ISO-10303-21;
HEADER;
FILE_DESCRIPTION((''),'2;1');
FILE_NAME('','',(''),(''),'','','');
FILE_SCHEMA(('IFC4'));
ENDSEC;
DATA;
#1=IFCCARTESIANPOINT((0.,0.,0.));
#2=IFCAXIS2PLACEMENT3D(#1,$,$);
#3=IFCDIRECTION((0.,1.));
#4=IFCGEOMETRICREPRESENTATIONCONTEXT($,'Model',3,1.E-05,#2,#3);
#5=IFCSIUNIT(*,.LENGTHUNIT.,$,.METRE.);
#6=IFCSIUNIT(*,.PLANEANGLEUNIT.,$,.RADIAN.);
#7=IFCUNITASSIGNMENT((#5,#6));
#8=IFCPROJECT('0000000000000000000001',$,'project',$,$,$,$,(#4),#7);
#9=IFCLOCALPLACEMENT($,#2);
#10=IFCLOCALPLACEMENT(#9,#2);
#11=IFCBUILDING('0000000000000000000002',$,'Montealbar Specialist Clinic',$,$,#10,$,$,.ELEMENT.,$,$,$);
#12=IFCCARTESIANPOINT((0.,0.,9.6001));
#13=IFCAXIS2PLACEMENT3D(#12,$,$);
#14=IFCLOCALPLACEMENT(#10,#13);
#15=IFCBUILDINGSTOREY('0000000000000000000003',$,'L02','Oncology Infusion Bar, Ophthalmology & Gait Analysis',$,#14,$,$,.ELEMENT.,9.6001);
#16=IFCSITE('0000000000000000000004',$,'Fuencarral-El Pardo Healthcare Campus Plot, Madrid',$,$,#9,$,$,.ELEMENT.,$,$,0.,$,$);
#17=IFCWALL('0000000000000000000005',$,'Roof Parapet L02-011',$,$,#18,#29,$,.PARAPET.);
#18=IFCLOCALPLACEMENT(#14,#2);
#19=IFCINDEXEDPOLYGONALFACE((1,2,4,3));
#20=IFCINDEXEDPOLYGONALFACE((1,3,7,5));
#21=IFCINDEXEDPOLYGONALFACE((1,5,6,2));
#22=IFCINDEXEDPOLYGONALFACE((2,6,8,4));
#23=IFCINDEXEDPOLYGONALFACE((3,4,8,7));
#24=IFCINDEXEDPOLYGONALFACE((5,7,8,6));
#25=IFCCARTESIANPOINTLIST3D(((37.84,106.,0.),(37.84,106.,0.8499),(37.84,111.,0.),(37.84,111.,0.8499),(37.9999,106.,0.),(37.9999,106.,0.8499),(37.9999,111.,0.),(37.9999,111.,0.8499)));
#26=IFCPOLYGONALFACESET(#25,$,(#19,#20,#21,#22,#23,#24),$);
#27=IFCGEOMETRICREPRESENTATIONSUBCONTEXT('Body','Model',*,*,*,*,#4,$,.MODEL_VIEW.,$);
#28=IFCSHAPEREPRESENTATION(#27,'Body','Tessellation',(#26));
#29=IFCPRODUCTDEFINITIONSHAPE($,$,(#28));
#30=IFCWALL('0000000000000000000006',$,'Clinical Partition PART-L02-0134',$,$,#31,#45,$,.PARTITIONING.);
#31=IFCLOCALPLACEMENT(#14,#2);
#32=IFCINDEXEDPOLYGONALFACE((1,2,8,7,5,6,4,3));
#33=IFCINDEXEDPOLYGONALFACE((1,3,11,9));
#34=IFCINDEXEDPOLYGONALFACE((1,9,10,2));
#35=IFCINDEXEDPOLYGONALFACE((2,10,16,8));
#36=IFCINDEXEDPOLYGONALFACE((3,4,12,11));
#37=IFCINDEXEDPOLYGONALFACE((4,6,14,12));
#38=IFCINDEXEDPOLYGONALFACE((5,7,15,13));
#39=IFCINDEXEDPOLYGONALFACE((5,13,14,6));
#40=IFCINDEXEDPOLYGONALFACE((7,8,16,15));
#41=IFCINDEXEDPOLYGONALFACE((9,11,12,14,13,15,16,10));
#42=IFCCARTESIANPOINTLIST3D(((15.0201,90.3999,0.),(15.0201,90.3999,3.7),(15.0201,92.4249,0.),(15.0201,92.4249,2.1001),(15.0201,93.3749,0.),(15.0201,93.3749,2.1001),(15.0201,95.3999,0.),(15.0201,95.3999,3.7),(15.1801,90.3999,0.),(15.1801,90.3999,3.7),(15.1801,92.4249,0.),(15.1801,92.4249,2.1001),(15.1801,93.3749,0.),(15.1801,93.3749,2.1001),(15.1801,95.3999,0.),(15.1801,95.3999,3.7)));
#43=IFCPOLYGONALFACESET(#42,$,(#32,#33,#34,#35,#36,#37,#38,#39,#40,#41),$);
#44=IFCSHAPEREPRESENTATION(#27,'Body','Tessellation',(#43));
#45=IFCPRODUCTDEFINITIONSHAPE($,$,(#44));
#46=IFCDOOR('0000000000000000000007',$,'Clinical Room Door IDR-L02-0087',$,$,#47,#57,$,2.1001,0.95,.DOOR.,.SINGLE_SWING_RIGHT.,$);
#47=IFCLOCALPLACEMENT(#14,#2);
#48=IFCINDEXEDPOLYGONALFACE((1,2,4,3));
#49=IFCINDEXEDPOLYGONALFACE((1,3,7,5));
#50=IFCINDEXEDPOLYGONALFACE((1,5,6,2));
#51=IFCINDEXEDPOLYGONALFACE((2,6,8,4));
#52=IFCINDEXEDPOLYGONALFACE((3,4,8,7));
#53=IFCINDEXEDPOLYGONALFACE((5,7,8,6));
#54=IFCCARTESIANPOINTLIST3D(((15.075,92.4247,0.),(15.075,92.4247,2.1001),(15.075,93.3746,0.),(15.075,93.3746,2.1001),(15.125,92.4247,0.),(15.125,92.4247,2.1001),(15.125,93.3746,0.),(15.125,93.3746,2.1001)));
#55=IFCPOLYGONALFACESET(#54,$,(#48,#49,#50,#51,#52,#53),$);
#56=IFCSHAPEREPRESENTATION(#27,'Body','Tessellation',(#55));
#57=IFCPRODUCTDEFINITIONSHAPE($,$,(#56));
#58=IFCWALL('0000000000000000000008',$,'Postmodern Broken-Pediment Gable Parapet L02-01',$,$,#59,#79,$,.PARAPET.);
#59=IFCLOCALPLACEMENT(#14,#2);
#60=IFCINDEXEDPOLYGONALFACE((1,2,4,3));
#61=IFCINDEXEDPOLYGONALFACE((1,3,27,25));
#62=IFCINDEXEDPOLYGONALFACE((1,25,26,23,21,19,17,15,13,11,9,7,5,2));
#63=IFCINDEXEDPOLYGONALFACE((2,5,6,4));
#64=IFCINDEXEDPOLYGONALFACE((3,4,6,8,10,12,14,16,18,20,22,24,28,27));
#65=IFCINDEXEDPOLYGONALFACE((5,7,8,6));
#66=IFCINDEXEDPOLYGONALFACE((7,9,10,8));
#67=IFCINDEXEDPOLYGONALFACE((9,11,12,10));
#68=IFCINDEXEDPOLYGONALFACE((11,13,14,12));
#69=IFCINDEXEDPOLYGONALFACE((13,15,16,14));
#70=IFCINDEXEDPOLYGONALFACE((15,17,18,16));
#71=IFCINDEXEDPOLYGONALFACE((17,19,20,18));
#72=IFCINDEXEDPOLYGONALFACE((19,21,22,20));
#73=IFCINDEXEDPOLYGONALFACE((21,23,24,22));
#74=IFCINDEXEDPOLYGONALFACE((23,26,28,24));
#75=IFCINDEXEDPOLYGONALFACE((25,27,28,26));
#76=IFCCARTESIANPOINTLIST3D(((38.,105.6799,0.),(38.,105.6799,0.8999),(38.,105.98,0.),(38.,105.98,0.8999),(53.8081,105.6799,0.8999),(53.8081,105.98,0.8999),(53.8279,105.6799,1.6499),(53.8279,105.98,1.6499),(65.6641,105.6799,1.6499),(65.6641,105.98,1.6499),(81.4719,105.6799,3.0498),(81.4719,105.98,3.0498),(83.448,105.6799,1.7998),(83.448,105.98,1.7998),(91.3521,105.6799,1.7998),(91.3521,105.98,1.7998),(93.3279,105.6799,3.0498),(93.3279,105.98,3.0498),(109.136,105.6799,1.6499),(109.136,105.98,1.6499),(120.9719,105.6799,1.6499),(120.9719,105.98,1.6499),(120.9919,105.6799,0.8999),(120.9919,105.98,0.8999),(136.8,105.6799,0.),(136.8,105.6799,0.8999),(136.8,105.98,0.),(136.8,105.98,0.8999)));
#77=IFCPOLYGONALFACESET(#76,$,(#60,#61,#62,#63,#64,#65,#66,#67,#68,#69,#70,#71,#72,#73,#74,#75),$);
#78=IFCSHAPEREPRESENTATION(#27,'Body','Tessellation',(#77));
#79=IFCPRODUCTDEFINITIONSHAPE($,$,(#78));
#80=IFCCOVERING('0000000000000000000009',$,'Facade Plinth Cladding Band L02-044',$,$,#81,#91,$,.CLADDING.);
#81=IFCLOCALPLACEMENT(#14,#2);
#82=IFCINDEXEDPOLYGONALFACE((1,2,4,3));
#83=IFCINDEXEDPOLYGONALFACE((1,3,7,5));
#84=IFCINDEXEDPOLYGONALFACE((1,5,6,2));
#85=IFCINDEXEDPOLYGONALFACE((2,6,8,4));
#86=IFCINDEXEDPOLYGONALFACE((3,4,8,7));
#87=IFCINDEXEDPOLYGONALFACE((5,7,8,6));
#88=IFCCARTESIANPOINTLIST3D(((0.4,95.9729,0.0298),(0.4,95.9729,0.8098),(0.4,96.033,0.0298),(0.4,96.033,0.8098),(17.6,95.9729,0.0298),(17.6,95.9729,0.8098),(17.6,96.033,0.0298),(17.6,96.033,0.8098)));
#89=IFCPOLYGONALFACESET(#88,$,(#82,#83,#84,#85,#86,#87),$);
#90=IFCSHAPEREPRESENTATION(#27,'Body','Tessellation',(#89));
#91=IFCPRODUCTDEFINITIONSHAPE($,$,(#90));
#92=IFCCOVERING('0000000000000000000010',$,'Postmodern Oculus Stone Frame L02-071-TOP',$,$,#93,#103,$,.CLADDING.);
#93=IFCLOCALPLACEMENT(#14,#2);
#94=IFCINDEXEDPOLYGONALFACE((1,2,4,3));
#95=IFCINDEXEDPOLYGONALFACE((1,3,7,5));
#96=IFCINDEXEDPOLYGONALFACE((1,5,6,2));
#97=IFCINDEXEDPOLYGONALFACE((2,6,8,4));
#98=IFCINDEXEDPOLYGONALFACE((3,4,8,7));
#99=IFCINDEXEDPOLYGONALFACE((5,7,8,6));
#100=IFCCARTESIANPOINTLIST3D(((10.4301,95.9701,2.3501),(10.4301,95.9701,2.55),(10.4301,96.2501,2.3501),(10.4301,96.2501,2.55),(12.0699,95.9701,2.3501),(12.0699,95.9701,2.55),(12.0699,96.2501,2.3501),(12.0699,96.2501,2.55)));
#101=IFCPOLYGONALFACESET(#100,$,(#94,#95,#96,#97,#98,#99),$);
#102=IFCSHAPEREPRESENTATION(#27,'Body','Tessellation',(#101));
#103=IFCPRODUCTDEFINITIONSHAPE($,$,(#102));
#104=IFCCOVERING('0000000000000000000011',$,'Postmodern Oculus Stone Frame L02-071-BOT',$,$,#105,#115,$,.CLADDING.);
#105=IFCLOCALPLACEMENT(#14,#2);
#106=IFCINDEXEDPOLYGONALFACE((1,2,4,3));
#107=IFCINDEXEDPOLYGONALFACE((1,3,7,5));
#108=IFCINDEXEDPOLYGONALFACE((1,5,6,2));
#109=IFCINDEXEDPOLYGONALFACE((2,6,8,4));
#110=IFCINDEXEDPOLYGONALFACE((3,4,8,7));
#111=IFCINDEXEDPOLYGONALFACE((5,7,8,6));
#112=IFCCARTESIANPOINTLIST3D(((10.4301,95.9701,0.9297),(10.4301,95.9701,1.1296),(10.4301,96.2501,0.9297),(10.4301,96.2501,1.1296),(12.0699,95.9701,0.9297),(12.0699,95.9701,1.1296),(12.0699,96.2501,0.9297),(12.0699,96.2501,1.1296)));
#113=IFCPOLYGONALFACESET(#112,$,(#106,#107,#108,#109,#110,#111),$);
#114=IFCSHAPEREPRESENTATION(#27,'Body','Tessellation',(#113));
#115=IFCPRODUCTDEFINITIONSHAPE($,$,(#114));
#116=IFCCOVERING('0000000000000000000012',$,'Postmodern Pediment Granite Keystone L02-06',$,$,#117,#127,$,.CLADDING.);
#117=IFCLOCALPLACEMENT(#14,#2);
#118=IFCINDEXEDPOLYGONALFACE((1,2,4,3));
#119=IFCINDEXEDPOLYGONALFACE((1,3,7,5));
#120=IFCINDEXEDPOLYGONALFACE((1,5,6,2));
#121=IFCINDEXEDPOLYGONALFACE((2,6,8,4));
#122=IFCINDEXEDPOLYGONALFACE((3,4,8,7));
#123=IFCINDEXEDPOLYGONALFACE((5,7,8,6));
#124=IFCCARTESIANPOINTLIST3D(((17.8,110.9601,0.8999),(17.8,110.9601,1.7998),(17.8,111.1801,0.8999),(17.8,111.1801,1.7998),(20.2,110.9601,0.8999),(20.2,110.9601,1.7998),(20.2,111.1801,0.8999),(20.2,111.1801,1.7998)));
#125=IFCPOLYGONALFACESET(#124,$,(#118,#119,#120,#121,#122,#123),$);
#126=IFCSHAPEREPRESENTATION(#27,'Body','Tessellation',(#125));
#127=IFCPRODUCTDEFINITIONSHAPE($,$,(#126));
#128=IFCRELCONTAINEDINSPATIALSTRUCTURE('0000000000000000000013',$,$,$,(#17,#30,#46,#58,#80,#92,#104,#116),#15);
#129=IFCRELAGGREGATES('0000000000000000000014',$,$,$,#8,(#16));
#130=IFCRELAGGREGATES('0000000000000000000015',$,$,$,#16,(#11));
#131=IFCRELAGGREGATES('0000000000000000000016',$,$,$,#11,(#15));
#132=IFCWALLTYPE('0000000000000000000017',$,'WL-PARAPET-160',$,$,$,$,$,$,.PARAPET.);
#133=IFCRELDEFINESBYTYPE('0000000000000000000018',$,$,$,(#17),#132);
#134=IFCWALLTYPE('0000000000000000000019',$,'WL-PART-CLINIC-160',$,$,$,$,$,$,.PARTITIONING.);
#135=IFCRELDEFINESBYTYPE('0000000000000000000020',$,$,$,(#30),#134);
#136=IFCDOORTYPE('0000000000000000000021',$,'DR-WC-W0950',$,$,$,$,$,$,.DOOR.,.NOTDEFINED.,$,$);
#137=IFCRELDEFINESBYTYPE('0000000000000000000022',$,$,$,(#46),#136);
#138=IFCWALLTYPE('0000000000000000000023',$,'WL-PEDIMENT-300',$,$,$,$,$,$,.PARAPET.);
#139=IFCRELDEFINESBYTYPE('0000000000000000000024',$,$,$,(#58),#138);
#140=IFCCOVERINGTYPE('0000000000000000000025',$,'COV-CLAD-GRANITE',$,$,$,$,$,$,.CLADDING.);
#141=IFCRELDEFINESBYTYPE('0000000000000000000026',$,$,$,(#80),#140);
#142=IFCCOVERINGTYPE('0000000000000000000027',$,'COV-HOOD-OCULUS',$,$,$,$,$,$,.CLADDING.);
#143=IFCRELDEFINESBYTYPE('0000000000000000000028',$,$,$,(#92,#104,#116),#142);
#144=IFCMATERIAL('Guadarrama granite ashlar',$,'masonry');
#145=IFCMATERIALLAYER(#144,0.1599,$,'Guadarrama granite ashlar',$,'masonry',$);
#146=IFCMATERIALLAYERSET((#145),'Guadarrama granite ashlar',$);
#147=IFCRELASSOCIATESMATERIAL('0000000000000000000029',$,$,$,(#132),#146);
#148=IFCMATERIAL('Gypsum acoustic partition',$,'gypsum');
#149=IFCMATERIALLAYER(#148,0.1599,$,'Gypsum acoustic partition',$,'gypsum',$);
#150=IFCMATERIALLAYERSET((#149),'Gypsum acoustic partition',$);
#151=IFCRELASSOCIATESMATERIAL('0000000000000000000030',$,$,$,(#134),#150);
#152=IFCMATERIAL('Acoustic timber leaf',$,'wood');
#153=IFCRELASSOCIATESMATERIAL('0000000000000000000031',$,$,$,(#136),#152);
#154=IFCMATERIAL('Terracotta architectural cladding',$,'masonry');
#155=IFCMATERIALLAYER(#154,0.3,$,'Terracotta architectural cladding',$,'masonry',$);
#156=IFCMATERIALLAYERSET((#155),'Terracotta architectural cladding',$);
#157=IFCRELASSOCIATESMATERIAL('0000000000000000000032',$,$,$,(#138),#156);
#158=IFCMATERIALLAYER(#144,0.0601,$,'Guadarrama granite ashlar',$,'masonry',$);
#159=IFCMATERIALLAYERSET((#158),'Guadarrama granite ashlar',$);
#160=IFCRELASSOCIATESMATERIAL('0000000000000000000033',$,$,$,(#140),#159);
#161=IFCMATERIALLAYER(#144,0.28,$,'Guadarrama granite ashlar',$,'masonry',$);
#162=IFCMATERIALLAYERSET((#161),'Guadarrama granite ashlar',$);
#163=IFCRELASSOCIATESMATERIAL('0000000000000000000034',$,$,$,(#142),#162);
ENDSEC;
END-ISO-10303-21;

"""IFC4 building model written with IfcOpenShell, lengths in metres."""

from ifc_helpers import new_model, si_unit, direction, frame, frame_2d, origin, origin_2d, place, context, subcontext, project, spatial, polyline, rectangle, outline, extrude, material, layer, layer_set, type_object, element, fill, save


model = new_model("IFC4")

# Units and contexts
model_context = context("Model", 3, precision=1e-05, world=origin(), true_north=direction((0.0, 1.0)))
body_context = subcontext(model_context, "Body", "Model", "MODEL_VIEW")
ifc_project = project(units=[si_unit("LENGTHUNIT", "METRE"), si_unit("PLANEANGLEUNIT", "RADIAN")], contexts=[model_context])

# Site, building, storey
site_placement = place(None, origin())
site = spatial("IfcSite", under=ifc_project, at=site_placement, Name="Fuencarral-El Pardo Healthcare Campus Plot, Madrid", CompositionType="ELEMENT", RefElevation=0.0)
building_placement = place(site_placement, origin())
building = spatial("IfcBuilding", under=site, at=building_placement, Name="Montealbar Specialist Clinic", CompositionType="ELEMENT")
storey_placement = place(building_placement, frame((0.0, 0.0, 9.6001)))
storey = spatial("IfcBuildingStorey", under=building, at=storey_placement, Name="L02", Description="Oncology Infusion Bar, Ophthalmology & Gait Analysis", CompositionType="ELEMENT", Elevation=9.6001)

# Wall
ifc_material_1 = material(Name="Guadarrama granite ashlar", Category="masonry")
ifc_layer_1 = layer(ifc_material_1, 0.1599, Name="Guadarrama granite ashlar", Category="masonry")
ifc_layer_set_1 = layer_set([ifc_layer_1], Name="Guadarrama granite ashlar")
wall_type_1 = type_object("IfcWallType", Name="WL-PARAPET-160", PredefinedType="PARAPET", material=ifc_layer_set_1)
wall_1_placement = place(storey_placement, frame((37.9199, 111.0, 0.0), z_axis=(0.0, 0.0, 1.0), x_axis=(0.0, -1.0, 0.0)))
element("IfcWall", 1, at=wall_1_placement, inside=storey, type_object=wall_type_1, Name="Roof Parapet L02-011", PredefinedType="PARAPET", context=body_context, shape_type="SweptSolid", body=[
    extrude(rectangle(XDim=5.0, YDim=0.1599, at=frame_2d((2.5, 0.0))), origin(), (0.0, 0.0, 1.0), 0.8499),
])

# Wall, opening, door
ifc_material_2 = material(Name="Gypsum acoustic partition", Category="gypsum")
ifc_layer_2 = layer(ifc_material_2, 0.1599, Name="Gypsum acoustic partition", Category="gypsum")
ifc_layer_set_2 = layer_set([ifc_layer_2], Name="Gypsum acoustic partition")
wall_type_2 = type_object("IfcWallType", Name="WL-PART-CLINIC-160", PredefinedType="PARTITIONING", material=ifc_layer_set_2)
wall_2_placement = place(storey_placement, frame((15.1001, 90.3999, 0.0), z_axis=(0.0, 0.0, 1.0), x_axis=(0.0, 1.0, 0.0)))
wall_2 = element("IfcWall", 2, at=wall_2_placement, inside=storey, type_object=wall_type_2, Name="Clinical Partition PART-L02-0134", PredefinedType="PARTITIONING", context=body_context, shape_type="SweptSolid", body=[
    extrude(rectangle(XDim=5.0, YDim=0.1599, at=frame_2d((2.5, 0.0))), origin(), (0.0, 0.0, 1.0), 3.7),
])
opening_1_placement = place(wall_2_placement, frame((2.0249, 0.0, 0.0)))
opening_1 = element("IfcOpeningElement", 3, at=opening_1_placement, cuts=wall_2, PredefinedType="OPENING", context=body_context, shape_type="SweptSolid", body=[
    extrude(rectangle(XDim=0.95, YDim=2.1001, at=frame_2d((0.4751, 1.05))), frame((0.0, 0.0898, 0.0), z_axis=(0.0, -1.0, 0.0), x_axis=(1.0, 0.0, 0.0)), (0.0, 0.0, 1.0), 0.1799),
])
ifc_material_3 = material(Name="Acoustic timber leaf", Category="wood")
door_type = type_object("IfcDoorType", Name="DR-WC-W0950", OperationType="NOTDEFINED", PredefinedType="DOOR", material=ifc_material_3)
door_placement = place(opening_1_placement, frame((0.95, 0.0, 0.0), z_axis=(0.0, 0.0, 1.0), x_axis=(-1.0, 0.0, 0.0)))
door = element("IfcDoor", 4, at=door_placement, inside=storey, type_object=door_type, Name="Clinical Room Door IDR-L02-0087", OperationType="SINGLE_SWING_RIGHT", OverallHeight=2.1001, OverallWidth=0.95, PredefinedType="DOOR", context=body_context, shape_type="SweptSolid", body=[
    extrude(rectangle(XDim=0.95, YDim=2.1001, at=frame_2d((0.4751, 1.05))), frame((0.0, 0.0249, 0.0), z_axis=(0.0, -1.0, 0.0), x_axis=(1.0, 0.0, 0.0)), (0.0, 0.0, 1.0), 0.05),
])
fill(opening_1, door)

# Wall
ifc_material_4 = material(Name="Terracotta architectural cladding", Category="masonry")
ifc_layer_3 = layer(ifc_material_4, 0.3, Name="Terracotta architectural cladding", Category="masonry")
ifc_layer_set_3 = layer_set([ifc_layer_3], Name="Terracotta architectural cladding")
wall_type_3 = type_object("IfcWallType", Name="WL-PEDIMENT-300", PredefinedType="PARAPET", material=ifc_layer_set_3)
wall_3_placement = place(storey_placement, frame((38.0, 105.8301, 0.0), z_axis=(0.0, 0.0, 1.0), x_axis=(1.0, 0.0, 0.0)))
element("IfcWall", 5, at=wall_3_placement, inside=storey, type_object=wall_type_3, Name="Postmodern Broken-Pediment Gable Parapet L02-01", PredefinedType="PARAPET", context=body_context, shape_type="SweptSolid", body=[
    extrude(outline(polyline([(0.0, 0.0), (98.8, 0.0), (98.8, 0.8999), (82.9919, 0.8999), (82.9719, 1.6499), (71.136, 1.6499), (55.3279, 3.0498), (53.3521, 1.7998), (45.448, 1.7998), (43.4719, 3.0498), (27.6641, 1.6499), (15.8279, 1.6499), (15.8081, 0.8999), (0.0, 0.8999), (0.0, 0.0)])), frame((0.0, 0.1499, 0.0), z_axis=(0.0, -1.0, 0.0), x_axis=(1.0, 0.0, 0.0)), (0.0, 0.0, 1.0), 0.3),
])

# Coverings
ifc_layer_4 = layer(ifc_material_1, 0.0601, Name="Guadarrama granite ashlar", Category="masonry")
ifc_layer_set_4 = layer_set([ifc_layer_4], Name="Guadarrama granite ashlar")
covering_type_1 = type_object("IfcCoveringType", Name="COV-CLAD-GRANITE", PredefinedType="CLADDING", material=ifc_layer_set_4)
covering_1_placement = place(storey_placement, frame((9.0, 96.0029, 0.0298), z_axis=(0.0, 0.0, 1.0), x_axis=(1.0, 0.0, 0.0)))
element("IfcCovering", 6, at=covering_1_placement, inside=storey, type_object=covering_type_1, Name="Facade Plinth Cladding Band L02-044", PredefinedType="CLADDING", context=body_context, shape_type="SweptSolid", body=[
    extrude(rectangle(XDim=17.2, YDim=0.0601, at=origin_2d()), origin(), (0.0, 0.0, 1.0), 0.78),
])
ifc_layer_5 = layer(ifc_material_1, 0.28, Name="Guadarrama granite ashlar", Category="masonry")
ifc_layer_set_5 = layer_set([ifc_layer_5], Name="Guadarrama granite ashlar")
covering_type_2 = type_object("IfcCoveringType", Name="COV-HOOD-OCULUS", PredefinedType="CLADDING", material=ifc_layer_set_5)
for number, where, z_axis, x_axis, name in (
    (7, (11.25, 96.1101, 2.3501), (0.0, 0.0, 1.0), (1.0, 0.0, 0.0), "Postmodern Oculus Stone Frame L02-071-TOP"),
    (8, (11.25, 96.1101, 0.9297), (0.0, 0.0, 1.0), (1.0, 0.0, 0.0), "Postmodern Oculus Stone Frame L02-071-BOT"),
):
    element("IfcCovering", number, at=place(storey_placement, frame(where, z_axis=z_axis, x_axis=x_axis)), inside=storey, type_object=covering_type_2, Name=name, PredefinedType="CLADDING", context=body_context, shape_type="SweptSolid", body=[
        extrude(rectangle(XDim=1.6399, YDim=0.28, at=origin_2d()), origin(), (0.0, 0.0, 1.0), 0.2),
    ])
covering_2_placement = place(storey_placement, frame((19.0, 111.0701, 0.8999), z_axis=(0.0, 0.0, 1.0), x_axis=(1.0, 0.0, 0.0)))
element("IfcCovering", 9, at=covering_2_placement, inside=storey, type_object=covering_type_2, Name="Postmodern Pediment Granite Keystone L02-06", PredefinedType="CLADDING", context=body_context, shape_type="SweptSolid", body=[
    extrude(rectangle(XDim=2.3999, YDim=0.22, at=origin_2d()), origin(), (0.0, 0.0, 1.0), 0.8999),
])

save(model, "model.ifc")
